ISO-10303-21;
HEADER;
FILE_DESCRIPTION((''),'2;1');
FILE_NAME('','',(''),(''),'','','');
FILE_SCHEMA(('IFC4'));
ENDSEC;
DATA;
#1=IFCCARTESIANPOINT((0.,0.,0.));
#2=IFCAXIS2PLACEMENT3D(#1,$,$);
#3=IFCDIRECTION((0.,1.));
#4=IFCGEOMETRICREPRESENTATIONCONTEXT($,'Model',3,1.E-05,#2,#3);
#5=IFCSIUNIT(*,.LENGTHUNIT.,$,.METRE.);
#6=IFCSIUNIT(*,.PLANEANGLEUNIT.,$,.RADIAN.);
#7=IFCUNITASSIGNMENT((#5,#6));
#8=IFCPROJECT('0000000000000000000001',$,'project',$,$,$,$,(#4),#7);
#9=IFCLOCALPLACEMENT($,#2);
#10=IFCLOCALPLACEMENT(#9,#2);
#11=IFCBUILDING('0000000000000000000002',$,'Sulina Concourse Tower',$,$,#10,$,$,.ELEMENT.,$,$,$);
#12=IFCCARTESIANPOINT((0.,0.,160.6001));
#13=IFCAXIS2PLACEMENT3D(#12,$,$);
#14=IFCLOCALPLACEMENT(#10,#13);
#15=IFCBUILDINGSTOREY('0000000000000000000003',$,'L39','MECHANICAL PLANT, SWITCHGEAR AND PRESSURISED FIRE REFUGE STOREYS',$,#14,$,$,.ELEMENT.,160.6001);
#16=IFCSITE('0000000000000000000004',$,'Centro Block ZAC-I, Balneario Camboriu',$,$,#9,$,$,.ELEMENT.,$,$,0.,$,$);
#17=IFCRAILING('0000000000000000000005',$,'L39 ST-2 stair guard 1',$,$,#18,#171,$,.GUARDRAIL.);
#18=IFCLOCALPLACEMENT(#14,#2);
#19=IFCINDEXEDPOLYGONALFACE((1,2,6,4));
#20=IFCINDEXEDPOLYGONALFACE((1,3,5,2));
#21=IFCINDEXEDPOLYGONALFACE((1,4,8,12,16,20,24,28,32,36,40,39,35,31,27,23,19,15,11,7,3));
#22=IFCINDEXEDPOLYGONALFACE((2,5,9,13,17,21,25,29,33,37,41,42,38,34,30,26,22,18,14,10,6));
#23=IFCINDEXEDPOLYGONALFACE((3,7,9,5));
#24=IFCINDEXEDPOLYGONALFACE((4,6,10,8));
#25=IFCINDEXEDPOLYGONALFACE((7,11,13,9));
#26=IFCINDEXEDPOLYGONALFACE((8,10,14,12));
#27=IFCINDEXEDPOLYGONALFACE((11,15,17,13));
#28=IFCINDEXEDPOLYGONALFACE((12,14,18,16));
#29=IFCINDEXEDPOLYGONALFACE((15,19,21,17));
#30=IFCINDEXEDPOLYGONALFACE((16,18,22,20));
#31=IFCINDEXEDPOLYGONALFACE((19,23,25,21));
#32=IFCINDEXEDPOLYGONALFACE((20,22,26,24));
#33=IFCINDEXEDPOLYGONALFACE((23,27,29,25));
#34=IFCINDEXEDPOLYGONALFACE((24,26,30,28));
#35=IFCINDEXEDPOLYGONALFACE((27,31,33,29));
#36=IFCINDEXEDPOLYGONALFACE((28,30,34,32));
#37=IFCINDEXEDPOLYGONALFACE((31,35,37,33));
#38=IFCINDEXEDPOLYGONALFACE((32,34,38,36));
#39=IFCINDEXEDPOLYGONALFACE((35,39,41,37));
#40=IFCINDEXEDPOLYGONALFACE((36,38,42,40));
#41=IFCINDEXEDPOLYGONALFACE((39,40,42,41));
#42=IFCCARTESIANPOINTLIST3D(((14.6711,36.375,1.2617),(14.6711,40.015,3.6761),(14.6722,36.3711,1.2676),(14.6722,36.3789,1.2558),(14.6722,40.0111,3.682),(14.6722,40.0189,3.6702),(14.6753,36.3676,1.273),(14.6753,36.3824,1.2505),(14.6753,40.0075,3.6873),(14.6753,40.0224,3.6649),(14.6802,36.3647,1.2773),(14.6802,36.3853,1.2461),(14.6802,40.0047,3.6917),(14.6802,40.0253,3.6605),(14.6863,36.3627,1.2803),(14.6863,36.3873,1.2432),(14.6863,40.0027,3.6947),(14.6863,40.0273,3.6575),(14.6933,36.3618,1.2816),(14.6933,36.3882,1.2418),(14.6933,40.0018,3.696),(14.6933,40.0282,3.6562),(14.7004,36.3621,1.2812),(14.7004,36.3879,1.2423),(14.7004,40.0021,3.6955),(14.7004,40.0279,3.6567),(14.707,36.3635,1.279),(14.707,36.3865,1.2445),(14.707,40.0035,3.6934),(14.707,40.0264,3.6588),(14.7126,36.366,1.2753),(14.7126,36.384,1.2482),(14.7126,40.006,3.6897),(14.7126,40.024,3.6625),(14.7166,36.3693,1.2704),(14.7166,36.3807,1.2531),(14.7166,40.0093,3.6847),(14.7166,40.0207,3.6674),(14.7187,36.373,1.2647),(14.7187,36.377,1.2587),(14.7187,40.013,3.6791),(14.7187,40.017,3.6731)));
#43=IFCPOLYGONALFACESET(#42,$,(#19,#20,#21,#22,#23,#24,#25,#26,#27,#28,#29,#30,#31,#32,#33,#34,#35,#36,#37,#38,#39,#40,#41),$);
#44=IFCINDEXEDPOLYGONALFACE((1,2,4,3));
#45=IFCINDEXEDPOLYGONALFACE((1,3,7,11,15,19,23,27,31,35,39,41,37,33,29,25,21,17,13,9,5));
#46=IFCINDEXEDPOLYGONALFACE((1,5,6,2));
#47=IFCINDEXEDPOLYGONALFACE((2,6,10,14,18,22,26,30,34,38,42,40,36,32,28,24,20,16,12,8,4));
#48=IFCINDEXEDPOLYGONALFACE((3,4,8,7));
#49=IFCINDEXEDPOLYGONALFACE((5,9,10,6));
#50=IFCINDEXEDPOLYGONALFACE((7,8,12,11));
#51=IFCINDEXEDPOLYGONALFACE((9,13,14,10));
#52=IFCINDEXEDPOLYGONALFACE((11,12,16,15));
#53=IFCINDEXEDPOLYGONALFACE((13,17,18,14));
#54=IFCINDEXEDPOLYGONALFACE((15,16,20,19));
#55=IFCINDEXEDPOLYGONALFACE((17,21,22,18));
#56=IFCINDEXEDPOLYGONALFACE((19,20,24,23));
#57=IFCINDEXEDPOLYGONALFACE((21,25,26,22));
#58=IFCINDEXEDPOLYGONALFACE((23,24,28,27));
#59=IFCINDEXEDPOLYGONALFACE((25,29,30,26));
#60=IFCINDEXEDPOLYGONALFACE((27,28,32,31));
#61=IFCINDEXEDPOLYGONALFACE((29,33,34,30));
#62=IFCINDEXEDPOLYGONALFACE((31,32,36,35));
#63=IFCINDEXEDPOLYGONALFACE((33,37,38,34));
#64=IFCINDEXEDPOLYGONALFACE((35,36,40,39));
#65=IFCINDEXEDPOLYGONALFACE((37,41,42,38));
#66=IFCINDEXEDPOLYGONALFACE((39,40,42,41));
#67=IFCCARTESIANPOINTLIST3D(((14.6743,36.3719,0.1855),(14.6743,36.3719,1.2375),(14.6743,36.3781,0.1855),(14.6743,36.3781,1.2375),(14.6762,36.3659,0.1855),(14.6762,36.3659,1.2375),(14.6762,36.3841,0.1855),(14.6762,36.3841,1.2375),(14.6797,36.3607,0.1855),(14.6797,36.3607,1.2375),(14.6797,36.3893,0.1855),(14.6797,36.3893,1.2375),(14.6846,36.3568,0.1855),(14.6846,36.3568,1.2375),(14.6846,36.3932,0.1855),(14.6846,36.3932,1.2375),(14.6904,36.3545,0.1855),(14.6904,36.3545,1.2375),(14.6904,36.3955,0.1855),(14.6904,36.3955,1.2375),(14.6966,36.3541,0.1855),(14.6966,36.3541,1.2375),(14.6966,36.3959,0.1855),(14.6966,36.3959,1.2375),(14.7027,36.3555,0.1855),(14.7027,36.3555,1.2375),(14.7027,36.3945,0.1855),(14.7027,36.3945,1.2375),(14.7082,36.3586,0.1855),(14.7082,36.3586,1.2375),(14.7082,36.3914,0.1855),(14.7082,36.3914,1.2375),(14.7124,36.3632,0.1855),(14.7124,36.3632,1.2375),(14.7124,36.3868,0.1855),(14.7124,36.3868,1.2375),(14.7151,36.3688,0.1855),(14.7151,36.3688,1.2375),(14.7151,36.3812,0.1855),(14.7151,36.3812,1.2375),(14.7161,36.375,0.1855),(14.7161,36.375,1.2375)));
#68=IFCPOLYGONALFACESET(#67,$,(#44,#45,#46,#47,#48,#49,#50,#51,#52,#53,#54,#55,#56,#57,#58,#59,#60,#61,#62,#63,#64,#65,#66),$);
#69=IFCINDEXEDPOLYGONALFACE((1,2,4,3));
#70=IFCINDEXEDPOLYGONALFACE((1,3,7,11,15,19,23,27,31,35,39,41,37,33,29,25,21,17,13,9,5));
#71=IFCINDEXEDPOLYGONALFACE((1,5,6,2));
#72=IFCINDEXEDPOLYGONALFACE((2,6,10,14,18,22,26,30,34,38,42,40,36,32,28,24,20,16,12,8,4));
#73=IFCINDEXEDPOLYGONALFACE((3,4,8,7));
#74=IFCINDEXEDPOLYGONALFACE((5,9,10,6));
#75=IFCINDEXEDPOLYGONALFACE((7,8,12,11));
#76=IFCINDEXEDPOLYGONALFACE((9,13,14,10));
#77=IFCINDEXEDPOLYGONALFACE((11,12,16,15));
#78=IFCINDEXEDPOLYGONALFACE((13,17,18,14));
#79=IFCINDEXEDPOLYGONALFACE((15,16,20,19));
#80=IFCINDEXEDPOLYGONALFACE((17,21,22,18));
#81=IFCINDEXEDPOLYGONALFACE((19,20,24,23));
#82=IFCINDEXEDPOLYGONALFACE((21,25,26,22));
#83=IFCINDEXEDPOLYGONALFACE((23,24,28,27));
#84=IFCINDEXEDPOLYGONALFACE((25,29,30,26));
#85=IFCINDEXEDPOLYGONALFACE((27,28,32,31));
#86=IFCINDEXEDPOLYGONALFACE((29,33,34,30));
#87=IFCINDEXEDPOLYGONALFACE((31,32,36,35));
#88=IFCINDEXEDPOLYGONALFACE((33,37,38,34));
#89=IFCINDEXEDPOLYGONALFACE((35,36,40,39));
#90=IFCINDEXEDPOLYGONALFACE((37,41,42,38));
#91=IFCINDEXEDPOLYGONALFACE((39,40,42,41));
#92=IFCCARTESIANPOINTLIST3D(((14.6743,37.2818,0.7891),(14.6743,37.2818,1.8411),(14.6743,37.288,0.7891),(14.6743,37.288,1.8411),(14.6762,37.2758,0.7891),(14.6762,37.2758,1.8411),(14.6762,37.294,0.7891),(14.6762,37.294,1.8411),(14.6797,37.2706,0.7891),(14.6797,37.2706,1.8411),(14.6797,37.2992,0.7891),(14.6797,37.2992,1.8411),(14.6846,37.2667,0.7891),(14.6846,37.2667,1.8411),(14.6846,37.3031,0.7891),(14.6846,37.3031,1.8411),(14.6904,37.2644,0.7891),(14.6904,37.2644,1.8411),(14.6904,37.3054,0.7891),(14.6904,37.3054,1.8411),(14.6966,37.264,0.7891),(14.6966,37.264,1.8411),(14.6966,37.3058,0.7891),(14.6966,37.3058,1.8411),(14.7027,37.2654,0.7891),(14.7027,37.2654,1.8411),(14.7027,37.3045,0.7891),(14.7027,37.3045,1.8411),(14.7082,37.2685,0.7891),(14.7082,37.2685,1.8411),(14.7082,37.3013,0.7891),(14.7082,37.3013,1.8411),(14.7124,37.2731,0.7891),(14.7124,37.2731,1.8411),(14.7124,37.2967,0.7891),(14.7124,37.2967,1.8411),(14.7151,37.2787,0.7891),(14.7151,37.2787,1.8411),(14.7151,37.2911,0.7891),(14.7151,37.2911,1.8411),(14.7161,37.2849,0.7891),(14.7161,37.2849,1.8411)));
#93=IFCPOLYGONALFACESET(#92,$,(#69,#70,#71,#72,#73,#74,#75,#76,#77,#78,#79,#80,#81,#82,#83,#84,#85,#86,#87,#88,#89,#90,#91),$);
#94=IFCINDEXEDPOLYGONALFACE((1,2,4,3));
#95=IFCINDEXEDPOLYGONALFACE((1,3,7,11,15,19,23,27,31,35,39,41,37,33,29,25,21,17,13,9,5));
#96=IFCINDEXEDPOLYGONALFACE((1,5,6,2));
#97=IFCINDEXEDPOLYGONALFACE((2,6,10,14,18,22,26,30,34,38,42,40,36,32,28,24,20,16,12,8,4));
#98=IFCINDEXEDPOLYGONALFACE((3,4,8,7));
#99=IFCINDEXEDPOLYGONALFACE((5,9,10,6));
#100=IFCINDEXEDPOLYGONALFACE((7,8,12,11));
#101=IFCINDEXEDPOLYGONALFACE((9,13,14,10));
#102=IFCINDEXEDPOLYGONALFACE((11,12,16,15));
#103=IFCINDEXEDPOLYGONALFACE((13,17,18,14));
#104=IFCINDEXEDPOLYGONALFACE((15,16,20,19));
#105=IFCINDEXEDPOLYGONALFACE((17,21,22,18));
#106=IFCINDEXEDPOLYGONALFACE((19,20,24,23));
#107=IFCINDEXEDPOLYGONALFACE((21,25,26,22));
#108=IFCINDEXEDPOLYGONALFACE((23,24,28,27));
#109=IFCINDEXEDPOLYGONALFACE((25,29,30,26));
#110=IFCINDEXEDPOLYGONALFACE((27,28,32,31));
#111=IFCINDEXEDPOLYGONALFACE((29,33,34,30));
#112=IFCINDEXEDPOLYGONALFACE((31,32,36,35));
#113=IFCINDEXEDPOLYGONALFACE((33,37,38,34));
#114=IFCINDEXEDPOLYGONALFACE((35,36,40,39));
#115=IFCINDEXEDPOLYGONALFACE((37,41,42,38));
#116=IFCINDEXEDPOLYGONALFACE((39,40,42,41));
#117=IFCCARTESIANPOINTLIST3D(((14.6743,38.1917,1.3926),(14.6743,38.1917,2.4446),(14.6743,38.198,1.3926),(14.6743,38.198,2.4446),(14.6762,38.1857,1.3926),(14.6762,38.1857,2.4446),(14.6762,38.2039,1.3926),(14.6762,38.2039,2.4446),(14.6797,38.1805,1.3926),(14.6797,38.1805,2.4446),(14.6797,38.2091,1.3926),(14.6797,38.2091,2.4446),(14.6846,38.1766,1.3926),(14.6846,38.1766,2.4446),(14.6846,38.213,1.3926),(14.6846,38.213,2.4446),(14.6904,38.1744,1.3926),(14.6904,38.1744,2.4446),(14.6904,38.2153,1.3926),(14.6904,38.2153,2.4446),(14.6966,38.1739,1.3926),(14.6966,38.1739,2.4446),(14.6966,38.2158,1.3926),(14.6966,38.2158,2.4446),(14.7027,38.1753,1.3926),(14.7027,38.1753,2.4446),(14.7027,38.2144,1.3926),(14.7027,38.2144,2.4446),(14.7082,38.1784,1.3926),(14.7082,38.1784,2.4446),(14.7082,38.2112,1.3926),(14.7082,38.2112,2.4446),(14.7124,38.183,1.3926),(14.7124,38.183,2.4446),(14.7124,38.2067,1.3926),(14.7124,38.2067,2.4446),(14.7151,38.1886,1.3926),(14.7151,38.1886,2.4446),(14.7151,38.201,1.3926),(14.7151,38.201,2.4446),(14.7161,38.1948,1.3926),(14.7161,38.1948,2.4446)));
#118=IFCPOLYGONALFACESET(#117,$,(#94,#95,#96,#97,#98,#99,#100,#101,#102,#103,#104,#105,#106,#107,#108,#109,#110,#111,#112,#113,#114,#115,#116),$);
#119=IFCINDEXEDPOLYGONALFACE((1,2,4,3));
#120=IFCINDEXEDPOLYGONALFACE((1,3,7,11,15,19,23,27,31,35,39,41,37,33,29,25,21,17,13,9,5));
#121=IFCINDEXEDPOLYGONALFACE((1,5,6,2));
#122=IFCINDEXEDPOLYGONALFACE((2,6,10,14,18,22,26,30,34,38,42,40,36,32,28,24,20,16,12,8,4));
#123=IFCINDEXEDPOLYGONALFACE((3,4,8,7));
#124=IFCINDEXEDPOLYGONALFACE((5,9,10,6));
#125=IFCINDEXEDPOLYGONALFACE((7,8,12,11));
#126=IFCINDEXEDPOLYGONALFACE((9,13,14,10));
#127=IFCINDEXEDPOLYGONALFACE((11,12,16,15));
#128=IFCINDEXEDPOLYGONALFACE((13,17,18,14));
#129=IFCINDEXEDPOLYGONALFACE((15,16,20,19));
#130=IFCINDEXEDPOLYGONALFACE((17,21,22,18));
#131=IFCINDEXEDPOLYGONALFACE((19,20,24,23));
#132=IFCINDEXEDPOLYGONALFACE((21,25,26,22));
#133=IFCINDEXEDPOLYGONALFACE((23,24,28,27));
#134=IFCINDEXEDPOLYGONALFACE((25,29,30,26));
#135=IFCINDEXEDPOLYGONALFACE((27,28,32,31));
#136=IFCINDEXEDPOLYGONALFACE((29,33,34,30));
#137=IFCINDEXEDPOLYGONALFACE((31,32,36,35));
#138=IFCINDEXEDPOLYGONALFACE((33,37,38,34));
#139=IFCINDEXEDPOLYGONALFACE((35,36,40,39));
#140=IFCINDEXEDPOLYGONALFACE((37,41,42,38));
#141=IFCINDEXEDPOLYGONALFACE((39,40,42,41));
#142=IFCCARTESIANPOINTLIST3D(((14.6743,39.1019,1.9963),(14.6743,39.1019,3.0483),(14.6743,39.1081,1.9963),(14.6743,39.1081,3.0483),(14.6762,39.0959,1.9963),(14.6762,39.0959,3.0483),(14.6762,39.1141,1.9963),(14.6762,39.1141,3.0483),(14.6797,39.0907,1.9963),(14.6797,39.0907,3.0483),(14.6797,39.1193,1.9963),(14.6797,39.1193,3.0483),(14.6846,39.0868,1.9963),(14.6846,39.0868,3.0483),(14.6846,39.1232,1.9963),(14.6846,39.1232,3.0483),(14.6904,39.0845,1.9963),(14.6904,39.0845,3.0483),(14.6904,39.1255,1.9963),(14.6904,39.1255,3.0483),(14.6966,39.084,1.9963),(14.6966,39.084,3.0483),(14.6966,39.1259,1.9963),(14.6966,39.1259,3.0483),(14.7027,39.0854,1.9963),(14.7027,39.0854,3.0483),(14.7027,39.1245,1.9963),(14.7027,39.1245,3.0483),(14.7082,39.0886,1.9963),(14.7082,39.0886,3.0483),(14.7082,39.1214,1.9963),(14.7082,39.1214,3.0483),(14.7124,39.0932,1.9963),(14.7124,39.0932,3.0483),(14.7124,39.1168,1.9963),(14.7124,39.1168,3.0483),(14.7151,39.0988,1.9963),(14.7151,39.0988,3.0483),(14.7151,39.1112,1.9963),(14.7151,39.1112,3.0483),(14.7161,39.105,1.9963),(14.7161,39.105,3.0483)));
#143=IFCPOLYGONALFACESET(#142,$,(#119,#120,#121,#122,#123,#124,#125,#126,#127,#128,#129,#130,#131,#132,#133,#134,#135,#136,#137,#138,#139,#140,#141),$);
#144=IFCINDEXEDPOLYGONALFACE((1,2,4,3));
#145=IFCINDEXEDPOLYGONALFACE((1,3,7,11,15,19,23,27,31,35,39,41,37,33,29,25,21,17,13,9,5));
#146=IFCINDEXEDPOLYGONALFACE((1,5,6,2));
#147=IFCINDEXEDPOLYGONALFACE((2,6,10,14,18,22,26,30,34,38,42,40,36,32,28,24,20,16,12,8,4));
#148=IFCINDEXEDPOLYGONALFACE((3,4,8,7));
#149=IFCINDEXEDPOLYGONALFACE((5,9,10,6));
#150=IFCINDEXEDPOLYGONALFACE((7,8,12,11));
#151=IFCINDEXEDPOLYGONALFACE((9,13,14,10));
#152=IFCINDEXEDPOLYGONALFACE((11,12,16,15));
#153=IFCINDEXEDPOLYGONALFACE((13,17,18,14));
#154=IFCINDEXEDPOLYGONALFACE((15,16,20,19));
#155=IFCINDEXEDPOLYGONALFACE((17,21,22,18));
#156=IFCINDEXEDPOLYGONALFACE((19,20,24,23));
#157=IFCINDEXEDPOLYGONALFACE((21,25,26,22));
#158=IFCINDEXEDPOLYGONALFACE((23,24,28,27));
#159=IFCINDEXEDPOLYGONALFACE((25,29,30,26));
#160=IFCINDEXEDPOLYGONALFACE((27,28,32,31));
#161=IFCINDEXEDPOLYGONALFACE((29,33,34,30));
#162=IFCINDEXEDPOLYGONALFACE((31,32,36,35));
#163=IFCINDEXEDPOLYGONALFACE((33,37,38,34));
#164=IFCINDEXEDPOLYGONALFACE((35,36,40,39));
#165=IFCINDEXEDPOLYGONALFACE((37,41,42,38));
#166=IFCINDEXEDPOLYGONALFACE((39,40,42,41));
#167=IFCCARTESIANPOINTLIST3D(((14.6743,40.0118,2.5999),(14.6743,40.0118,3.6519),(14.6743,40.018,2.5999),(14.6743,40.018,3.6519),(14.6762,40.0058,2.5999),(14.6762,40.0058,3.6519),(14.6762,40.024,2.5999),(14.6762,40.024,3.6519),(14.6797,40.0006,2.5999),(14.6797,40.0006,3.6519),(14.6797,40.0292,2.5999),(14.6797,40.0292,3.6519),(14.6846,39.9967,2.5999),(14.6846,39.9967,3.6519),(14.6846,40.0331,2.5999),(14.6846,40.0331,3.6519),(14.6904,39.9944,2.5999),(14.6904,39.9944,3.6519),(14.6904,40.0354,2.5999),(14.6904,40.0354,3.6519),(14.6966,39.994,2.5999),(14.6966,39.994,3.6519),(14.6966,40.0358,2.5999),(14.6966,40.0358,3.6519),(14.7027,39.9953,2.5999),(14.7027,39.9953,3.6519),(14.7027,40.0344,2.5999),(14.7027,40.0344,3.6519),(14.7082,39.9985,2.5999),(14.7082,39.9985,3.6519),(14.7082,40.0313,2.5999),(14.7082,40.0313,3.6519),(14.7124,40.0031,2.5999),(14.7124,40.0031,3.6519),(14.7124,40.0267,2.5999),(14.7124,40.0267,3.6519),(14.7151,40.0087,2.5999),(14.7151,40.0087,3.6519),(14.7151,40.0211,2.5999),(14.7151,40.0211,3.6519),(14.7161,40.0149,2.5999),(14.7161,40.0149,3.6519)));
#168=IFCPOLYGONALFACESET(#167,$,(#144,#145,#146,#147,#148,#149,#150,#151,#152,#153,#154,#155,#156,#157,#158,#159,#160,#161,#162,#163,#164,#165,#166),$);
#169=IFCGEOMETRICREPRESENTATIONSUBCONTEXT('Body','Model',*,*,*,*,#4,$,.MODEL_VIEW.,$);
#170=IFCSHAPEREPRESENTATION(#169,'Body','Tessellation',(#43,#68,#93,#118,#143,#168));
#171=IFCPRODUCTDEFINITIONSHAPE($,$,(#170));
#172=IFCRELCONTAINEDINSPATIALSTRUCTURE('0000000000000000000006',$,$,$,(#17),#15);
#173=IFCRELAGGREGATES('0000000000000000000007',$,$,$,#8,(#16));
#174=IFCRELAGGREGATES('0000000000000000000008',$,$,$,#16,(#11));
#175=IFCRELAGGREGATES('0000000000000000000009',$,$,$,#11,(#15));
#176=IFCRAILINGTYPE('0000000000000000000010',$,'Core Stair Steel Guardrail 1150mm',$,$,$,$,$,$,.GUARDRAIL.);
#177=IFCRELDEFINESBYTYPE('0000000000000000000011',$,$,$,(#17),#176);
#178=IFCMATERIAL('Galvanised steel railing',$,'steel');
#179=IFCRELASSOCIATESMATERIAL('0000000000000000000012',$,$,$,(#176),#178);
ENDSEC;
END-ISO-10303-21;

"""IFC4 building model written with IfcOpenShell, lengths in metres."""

from ifc_helpers import new_model, si_unit, direction, frame, origin, origin_2d, place, context, subcontext, project, spatial, circle, extrude, material, type_object, element, save


model = new_model("IFC4")

# Units and contexts
model_context = context("Model", 3, precision=1e-05, world=origin(), true_north=direction((0.0, 1.0)))
body_context = subcontext(model_context, "Body", "Model", "MODEL_VIEW")
ifc_project = project(units=[si_unit("LENGTHUNIT", "METRE"), si_unit("PLANEANGLEUNIT", "RADIAN")], contexts=[model_context])

# Site, building, storey
site_placement = place(None, origin())
site = spatial("IfcSite", under=ifc_project, at=site_placement, Name="Centro Block ZAC-I, Balneario Camboriu", CompositionType="ELEMENT", RefElevation=0.0)
building_placement = place(site_placement, origin())
building = spatial("IfcBuilding", under=site, at=building_placement, Name="Sulina Concourse Tower", CompositionType="ELEMENT")
storey_placement = place(building_placement, frame((0.0, 0.0, 160.6001)))
storey = spatial("IfcBuildingStorey", under=building, at=storey_placement, Name="L39", Description="MECHANICAL PLANT, SWITCHGEAR AND PRESSURISED FIRE REFUGE STOREYS", CompositionType="ELEMENT", Elevation=160.6001)

# Railing
ifc_material_1 = material(Name="Galvanised steel railing", Category="steel")
railing_type_1 = type_object("IfcRailingType", Name="Core Stair Steel Guardrail 1150mm", PredefinedType="GUARDRAIL", material=ifc_material_1)
railing_1_placement = place(storey_placement, frame((14.6951, 36.375, 0.1855)))
element("IfcRailing", 1, at=railing_1_placement, inside=storey, type_object=railing_type_1, Name="L39 ST-2 stair guard 1", PredefinedType="GUARDRAIL", context=body_context, shape_type="SweptSolid", body=[
    extrude(circle(Radius=0.0239, at=origin_2d()), frame((0.0, 0.0, 1.0762), z_axis=(0.0, 0.833347, 0.552751), x_axis=(-1.0, 0.0, 0.0)), (0.0, 0.0, 1.0), 4.3679),
    extrude(circle(Radius=0.021, at=origin_2d()), origin(), (0.0, 0.0, 1.0), 1.052),
    extrude(circle(Radius=0.021, at=origin_2d()), frame((0.0, 0.9099, 0.6035)), (0.0, 0.0, 1.0), 1.052),
    extrude(circle(Radius=0.021, at=origin_2d()), frame((0.0, 1.8198, 1.207)), (0.0, 0.0, 1.0), 1.052),
    extrude(circle(Radius=0.021, at=origin_2d()), frame((0.0, 2.73, 1.8108)), (0.0, 0.0, 1.0), 1.052),
    extrude(circle(Radius=0.021, at=origin_2d()), frame((0.0, 3.6399, 2.4143)), (0.0, 0.0, 1.0), 1.052),
])

save(model, "model.ifc")
